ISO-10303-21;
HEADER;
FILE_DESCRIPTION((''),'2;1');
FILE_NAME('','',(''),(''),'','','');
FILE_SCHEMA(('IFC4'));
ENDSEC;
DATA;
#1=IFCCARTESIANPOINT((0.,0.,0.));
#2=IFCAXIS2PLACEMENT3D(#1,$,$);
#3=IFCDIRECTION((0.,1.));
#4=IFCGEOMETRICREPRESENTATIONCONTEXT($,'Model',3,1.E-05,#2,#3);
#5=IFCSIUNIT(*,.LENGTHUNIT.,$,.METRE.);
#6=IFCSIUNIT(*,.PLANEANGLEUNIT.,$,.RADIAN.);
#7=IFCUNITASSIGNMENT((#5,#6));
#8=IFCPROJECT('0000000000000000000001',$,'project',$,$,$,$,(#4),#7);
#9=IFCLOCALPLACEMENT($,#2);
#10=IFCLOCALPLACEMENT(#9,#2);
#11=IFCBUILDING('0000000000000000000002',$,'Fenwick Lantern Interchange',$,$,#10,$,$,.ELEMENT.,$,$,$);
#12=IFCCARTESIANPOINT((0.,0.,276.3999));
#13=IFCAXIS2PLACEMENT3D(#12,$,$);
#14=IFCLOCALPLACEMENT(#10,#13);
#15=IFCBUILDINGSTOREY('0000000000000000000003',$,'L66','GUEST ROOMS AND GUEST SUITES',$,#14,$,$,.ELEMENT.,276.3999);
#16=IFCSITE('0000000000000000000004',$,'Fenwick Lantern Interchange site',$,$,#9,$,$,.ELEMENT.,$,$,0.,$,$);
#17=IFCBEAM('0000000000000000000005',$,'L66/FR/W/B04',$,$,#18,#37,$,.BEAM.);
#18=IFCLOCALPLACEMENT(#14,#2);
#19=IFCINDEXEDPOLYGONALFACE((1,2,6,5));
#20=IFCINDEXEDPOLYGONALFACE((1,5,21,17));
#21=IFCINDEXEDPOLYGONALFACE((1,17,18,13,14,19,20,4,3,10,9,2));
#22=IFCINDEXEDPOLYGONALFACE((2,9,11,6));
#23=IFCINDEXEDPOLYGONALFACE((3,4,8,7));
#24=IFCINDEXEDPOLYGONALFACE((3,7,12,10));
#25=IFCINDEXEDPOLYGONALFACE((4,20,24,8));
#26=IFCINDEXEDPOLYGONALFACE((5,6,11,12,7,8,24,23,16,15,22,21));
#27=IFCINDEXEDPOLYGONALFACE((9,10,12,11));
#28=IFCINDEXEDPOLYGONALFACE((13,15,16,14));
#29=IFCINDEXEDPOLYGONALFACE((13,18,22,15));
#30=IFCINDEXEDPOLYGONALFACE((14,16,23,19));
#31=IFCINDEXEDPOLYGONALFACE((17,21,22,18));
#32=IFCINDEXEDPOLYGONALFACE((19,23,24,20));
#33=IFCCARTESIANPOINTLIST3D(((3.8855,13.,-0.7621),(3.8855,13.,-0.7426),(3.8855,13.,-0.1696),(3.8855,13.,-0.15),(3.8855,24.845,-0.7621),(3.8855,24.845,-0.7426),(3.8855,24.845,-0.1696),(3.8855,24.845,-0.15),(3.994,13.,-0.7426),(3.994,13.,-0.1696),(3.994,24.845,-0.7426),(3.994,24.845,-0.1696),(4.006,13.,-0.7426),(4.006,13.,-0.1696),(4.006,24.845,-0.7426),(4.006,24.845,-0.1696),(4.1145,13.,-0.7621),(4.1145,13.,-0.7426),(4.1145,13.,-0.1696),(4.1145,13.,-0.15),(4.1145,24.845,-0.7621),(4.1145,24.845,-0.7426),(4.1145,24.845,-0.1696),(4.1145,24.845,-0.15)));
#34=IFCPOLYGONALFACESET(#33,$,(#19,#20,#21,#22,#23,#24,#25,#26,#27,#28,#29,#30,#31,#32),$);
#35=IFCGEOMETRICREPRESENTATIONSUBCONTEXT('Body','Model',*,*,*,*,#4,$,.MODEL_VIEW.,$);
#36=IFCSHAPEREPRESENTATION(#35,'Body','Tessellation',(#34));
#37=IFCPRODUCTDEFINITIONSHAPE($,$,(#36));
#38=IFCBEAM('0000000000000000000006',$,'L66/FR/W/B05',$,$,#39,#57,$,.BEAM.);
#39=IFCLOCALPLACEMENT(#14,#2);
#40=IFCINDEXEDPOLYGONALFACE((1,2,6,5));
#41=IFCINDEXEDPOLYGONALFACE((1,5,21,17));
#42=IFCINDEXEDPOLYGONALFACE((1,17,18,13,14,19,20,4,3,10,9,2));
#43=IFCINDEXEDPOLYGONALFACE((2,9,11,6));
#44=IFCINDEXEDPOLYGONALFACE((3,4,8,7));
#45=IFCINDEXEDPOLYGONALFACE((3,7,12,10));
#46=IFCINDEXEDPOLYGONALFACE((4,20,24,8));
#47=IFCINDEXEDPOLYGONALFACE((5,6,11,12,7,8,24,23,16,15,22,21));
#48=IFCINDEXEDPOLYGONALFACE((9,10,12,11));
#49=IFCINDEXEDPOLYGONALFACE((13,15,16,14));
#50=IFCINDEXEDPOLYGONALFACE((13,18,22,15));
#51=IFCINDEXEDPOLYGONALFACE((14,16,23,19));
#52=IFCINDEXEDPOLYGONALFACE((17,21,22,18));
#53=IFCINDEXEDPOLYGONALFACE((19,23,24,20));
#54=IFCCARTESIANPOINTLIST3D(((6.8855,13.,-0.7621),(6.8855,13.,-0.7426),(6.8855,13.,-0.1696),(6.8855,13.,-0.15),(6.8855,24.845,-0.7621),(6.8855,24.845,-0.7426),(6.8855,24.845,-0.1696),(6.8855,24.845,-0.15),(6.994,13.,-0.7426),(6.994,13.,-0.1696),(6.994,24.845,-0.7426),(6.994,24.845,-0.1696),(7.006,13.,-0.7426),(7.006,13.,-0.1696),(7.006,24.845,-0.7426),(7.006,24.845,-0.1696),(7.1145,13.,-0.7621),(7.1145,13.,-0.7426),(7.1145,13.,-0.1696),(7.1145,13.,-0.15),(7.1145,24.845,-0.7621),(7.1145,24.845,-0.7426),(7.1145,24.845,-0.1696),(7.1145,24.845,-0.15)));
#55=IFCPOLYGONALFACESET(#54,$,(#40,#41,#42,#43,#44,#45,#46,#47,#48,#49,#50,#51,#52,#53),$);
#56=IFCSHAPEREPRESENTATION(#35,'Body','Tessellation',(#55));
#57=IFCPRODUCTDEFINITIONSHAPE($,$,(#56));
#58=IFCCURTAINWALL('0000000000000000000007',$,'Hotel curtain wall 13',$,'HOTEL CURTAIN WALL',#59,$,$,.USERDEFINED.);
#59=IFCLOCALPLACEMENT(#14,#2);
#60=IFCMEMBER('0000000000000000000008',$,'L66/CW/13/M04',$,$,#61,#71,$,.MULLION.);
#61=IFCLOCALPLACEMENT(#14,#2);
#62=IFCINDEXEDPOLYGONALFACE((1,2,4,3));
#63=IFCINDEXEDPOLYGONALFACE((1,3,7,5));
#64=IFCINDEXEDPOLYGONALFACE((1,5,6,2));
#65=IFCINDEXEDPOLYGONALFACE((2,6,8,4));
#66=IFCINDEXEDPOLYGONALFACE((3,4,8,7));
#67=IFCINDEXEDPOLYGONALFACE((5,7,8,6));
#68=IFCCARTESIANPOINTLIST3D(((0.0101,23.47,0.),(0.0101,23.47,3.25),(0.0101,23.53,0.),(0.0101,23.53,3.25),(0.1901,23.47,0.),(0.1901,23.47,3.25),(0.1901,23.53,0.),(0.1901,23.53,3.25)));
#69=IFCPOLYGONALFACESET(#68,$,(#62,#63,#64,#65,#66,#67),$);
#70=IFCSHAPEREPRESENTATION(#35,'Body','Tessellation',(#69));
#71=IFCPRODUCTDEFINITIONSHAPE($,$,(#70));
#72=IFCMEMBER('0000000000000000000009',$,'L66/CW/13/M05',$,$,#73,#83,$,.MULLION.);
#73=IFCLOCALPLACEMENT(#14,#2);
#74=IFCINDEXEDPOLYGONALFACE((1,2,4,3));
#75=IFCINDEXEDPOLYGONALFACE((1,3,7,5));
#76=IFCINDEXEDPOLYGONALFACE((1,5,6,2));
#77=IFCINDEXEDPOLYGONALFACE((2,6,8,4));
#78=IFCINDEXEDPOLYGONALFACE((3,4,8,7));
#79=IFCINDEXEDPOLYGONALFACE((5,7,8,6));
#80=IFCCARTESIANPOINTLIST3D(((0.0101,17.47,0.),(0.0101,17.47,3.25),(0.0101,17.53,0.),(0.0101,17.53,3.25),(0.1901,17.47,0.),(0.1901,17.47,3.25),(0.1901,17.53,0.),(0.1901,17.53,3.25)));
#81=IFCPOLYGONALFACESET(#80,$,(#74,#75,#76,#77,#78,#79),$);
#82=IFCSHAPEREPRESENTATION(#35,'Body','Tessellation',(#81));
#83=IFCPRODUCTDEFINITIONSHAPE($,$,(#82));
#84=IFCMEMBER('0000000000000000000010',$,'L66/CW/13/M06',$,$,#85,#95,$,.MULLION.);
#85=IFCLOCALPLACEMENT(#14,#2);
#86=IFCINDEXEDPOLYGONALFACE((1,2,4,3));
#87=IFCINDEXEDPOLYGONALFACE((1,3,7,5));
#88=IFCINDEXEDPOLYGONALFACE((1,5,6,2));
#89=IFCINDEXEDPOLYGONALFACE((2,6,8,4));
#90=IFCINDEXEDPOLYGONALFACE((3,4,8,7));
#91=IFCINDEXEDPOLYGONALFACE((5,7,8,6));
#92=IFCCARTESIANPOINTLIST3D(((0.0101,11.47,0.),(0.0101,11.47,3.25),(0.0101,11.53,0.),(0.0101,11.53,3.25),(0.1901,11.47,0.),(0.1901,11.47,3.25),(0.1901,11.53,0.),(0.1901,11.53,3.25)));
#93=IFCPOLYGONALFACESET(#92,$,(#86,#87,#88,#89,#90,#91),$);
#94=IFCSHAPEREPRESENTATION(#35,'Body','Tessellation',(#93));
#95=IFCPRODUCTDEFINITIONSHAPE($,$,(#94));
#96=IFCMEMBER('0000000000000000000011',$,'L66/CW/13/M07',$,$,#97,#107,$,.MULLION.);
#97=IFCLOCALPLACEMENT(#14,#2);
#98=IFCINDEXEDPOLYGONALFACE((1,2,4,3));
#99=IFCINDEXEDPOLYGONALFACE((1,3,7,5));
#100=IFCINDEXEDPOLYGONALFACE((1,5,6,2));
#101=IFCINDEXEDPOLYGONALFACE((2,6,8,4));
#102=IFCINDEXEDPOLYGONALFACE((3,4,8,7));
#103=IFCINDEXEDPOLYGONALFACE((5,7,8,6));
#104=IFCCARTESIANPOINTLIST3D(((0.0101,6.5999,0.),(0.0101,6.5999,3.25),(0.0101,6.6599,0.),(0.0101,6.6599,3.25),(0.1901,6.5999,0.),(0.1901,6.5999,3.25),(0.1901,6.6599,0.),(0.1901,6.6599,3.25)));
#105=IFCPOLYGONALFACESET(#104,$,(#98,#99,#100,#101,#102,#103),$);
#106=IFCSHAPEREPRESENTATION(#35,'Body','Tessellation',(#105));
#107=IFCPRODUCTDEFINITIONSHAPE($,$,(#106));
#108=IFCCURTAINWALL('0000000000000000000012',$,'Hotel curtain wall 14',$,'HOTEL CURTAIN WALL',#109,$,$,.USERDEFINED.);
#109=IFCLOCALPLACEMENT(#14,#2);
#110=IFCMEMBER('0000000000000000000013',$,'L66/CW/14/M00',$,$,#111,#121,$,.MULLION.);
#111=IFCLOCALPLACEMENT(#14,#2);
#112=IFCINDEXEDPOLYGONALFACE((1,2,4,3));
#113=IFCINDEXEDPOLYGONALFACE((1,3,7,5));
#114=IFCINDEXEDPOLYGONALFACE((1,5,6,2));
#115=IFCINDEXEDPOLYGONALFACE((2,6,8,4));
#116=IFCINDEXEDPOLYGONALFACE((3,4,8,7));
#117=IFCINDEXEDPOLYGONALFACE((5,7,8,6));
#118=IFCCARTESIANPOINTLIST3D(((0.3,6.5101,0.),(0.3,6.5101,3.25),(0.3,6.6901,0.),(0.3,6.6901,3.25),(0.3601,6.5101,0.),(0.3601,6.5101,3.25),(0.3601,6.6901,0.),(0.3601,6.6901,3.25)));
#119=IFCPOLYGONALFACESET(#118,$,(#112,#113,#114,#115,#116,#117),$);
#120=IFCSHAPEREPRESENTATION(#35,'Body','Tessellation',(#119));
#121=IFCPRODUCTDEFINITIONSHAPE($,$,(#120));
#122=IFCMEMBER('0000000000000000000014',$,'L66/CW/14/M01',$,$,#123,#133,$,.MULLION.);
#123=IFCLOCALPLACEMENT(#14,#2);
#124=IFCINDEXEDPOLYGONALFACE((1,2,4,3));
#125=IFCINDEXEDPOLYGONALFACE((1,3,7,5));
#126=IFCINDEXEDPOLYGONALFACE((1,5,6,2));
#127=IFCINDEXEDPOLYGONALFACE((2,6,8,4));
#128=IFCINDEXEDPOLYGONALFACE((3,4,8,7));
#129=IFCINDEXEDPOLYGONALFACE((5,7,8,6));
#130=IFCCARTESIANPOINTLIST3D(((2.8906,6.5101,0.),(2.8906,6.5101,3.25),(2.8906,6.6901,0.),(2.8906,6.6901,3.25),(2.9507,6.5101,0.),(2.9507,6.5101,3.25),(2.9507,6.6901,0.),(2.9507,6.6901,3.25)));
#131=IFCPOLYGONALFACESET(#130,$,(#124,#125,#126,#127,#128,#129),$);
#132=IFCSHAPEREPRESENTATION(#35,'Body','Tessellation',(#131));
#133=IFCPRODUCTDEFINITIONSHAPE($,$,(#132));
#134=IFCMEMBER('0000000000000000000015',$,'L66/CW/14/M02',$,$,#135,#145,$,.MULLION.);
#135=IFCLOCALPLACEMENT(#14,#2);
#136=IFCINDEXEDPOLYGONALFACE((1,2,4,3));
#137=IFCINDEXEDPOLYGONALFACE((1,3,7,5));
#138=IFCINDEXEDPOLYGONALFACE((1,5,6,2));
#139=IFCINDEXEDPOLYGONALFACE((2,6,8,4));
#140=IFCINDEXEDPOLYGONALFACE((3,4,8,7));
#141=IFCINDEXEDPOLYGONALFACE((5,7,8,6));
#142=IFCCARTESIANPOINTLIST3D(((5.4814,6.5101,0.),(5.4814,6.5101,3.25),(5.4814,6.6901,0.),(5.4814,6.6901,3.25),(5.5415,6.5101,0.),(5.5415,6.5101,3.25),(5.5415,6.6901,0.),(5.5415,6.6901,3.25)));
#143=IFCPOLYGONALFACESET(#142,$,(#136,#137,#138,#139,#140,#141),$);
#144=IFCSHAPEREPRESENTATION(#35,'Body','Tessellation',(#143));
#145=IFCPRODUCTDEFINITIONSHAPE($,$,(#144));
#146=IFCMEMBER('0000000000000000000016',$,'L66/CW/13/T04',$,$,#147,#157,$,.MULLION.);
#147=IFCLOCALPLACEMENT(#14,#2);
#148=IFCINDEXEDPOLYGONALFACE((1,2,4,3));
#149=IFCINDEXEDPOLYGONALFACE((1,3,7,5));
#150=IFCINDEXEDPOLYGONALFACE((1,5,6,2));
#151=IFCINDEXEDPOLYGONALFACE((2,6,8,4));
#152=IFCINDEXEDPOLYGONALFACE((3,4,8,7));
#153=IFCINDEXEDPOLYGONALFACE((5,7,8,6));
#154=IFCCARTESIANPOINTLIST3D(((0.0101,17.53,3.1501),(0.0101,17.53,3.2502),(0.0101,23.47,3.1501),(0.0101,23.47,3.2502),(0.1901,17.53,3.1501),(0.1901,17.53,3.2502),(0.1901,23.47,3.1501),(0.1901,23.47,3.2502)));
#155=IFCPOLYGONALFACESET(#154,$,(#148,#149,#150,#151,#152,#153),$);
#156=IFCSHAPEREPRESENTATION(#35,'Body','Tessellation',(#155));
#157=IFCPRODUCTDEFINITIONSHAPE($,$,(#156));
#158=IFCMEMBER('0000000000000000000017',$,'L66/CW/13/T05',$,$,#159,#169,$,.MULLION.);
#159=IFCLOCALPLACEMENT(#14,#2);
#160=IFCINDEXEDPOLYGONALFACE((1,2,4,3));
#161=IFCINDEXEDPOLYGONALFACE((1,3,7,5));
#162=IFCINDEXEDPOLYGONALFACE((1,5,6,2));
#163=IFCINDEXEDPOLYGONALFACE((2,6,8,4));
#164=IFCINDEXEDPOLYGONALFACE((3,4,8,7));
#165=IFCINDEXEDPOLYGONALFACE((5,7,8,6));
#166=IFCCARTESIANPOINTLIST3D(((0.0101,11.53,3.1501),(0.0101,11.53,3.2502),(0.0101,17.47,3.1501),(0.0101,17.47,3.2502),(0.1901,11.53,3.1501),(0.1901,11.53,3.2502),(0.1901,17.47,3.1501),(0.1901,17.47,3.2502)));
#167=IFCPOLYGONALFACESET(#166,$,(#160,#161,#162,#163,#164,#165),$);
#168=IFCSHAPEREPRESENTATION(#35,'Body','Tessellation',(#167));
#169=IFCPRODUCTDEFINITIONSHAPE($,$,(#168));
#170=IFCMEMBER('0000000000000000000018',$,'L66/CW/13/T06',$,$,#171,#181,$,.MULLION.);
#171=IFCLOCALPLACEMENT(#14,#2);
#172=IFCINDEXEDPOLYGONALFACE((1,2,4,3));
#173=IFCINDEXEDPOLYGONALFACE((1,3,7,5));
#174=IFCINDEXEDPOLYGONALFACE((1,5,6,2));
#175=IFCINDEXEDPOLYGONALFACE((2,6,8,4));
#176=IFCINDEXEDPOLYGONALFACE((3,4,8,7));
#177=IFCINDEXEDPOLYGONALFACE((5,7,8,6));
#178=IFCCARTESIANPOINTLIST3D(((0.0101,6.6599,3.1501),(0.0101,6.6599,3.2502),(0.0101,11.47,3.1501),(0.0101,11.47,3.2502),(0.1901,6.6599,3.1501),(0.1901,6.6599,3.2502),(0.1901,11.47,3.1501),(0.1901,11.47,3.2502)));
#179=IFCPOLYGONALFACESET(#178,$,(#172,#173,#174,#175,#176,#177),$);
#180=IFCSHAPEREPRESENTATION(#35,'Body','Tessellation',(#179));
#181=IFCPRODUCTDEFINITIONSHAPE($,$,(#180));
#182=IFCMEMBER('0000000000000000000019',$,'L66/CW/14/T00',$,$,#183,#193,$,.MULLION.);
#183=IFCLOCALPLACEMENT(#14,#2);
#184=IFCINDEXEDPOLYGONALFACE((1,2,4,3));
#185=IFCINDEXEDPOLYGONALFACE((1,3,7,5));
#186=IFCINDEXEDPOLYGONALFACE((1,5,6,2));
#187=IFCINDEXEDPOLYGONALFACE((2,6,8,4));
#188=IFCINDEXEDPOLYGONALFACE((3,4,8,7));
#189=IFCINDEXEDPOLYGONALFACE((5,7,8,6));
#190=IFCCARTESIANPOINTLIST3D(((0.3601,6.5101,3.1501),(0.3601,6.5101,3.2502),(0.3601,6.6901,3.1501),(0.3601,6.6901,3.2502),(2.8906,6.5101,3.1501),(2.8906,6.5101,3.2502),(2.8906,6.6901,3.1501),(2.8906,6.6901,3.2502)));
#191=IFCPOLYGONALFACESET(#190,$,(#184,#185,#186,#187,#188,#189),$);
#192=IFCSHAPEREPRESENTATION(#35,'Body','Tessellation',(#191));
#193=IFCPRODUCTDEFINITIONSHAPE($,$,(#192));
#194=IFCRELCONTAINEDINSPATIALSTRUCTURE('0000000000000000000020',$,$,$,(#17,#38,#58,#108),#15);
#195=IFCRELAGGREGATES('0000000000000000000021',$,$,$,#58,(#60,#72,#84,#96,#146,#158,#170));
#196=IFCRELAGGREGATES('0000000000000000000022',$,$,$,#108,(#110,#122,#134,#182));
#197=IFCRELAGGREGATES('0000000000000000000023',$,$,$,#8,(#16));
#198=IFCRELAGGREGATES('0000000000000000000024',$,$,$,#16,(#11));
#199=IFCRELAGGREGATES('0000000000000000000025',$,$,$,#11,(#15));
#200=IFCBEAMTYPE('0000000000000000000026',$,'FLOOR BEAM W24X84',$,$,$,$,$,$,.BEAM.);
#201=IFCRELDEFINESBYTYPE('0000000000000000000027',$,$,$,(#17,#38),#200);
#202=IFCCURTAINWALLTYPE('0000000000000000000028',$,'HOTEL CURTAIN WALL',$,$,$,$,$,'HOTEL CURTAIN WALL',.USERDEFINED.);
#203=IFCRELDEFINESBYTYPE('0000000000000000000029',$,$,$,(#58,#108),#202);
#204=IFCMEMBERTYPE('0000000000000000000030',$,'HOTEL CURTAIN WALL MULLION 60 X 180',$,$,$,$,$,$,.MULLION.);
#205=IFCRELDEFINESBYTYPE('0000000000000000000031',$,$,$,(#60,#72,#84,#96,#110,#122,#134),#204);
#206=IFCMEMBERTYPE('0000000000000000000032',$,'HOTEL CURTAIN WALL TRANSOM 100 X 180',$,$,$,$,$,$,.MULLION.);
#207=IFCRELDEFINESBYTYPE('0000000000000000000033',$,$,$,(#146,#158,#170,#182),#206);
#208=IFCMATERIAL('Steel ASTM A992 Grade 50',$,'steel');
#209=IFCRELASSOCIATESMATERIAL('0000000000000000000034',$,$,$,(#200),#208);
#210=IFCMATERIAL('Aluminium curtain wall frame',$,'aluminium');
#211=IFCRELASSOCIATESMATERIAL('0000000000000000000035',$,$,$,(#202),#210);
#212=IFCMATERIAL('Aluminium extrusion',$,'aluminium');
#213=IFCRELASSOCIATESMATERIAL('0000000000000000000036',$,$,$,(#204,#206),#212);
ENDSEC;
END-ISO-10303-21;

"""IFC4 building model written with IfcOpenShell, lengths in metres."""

from ifc_helpers import new_model, si_unit, direction, frame, origin, origin_2d, place, context, subcontext, project, spatial, rectangle, i_section, extrude, material, material_profile, profile_set, type_object, element, aggregate, save


model = new_model("IFC4")

# Units and contexts
model_context = context("Model", 3, precision=1e-05, world=origin(), true_north=direction((0.0, 1.0)))
body_context = subcontext(model_context, "Body", "Model", "MODEL_VIEW")
ifc_project = project(units=[si_unit("LENGTHUNIT", "METRE"), si_unit("PLANEANGLEUNIT", "RADIAN")], contexts=[model_context])

# Site, building, storey
site_placement = place(None, origin())
site = spatial("IfcSite", under=ifc_project, at=site_placement, Name="Fenwick Lantern Interchange site", CompositionType="ELEMENT", RefElevation=0.0)
building_placement = place(site_placement, origin())
building = spatial("IfcBuilding", under=site, at=building_placement, Name="Fenwick Lantern Interchange", CompositionType="ELEMENT")
storey_placement = place(building_placement, frame((0.0, 0.0, 276.3999)))
storey = spatial("IfcBuildingStorey", under=building, at=storey_placement, Name="L66", Description="GUEST ROOMS AND GUEST SUITES", CompositionType="ELEMENT", Elevation=276.3999)

# Shared definitions
ifc_material_1 = material(Name="Steel ASTM A992 Grade 50", Category="steel")

# Beams
ifc_material_profile_1 = material_profile(ifc_material_1, i_section(OverallWidth=0.229, OverallDepth=0.6121, WebThickness=0.012, FlangeThickness=0.0195, at=origin_2d()), Name="W24X84")
ifc_profile_set_1 = profile_set([ifc_material_profile_1], Name="Steel ASTM A992 Grade 50")
beam_type_1 = type_object("IfcBeamType", Name="FLOOR BEAM W24X84", PredefinedType="BEAM", material=ifc_profile_set_1)
for number, where, z_axis, x_axis, name in (
    (1, (4.0, 24.845, -0.4561), (0.0, -1.0, 0.0), (1.0, 0.0, 0.0), "L66/FR/W/B04"),
    (2, (7.0, 24.845, -0.4561), (0.0, -1.0, 0.0), (1.0, 0.0, 0.0), "L66/FR/W/B05"),
):
    element("IfcBeam", number, at=place(storey_placement, frame(where, z_axis=z_axis, x_axis=x_axis)), inside=storey, type_object=beam_type_1, Name=name, PredefinedType="BEAM", context=body_context, shape_type="SweptSolid", body=[
        extrude(i_section(OverallWidth=0.229, OverallDepth=0.6121, WebThickness=0.012, FlangeThickness=0.0195, at=origin_2d()), origin(), (0.0, 0.0, 1.0), 11.845),
    ])

# Curtain walls, members
ifc_material_2 = material(Name="Aluminium curtain wall frame", Category="aluminium")
curtain_wall_type = type_object("IfcCurtainWallType", Name="HOTEL CURTAIN WALL", ElementType="HOTEL CURTAIN WALL", PredefinedType="USERDEFINED", material=ifc_material_2)
curtain_wall_1_placement = place(storey_placement, origin())
curtain_wall_1 = element("IfcCurtainWall", 3, at=curtain_wall_1_placement, inside=storey, type_object=curtain_wall_type, Name="Hotel curtain wall 13", ObjectType="HOTEL CURTAIN WALL", PredefinedType="USERDEFINED")
ifc_material_3 = material(Name="Aluminium extrusion", Category="aluminium")
ifc_material_profile_2 = material_profile(ifc_material_3, rectangle(XDim=0.1799, YDim=0.0601, at=origin_2d()), Name="HOTEL CURTAIN WALL MULLION 60 X 180")
ifc_profile_set_2 = profile_set([ifc_material_profile_2], Name="Aluminium extrusion")
member_type_1 = type_object("IfcMemberType", Name="HOTEL CURTAIN WALL MULLION 60 X 180", PredefinedType="MULLION", material=ifc_profile_set_2)
member_1_placement = place(storey_placement, frame((0.1001, 23.5, 0.0), z_axis=(0.0, 0.0, 1.0), x_axis=(1.0, 0.0, 0.0)))
member_1 = element("IfcMember", 4, at=member_1_placement, type_object=member_type_1, Name="L66/CW/13/M04", PredefinedType="MULLION", context=body_context, shape_type="SweptSolid", body=[
    extrude(rectangle(XDim=0.1799, YDim=0.0601, at=origin_2d()), origin(), (0.0, 0.0, 1.0), 3.25),
])
member_2_placement = place(storey_placement, frame((0.1001, 17.5, 0.0), z_axis=(0.0, 0.0, 1.0), x_axis=(1.0, 0.0, 0.0)))
member_2 = element("IfcMember", 5, at=member_2_placement, type_object=member_type_1, Name="L66/CW/13/M05", PredefinedType="MULLION", context=body_context, shape_type="SweptSolid", body=[
    extrude(rectangle(XDim=0.1799, YDim=0.0601, at=origin_2d()), origin(), (0.0, 0.0, 1.0), 3.25),
])
member_3_placement = place(storey_placement, frame((0.1001, 11.5, 0.0), z_axis=(0.0, 0.0, 1.0), x_axis=(1.0, 0.0, 0.0)))
member_3 = element("IfcMember", 6, at=member_3_placement, type_object=member_type_1, Name="L66/CW/13/M06", PredefinedType="MULLION", context=body_context, shape_type="SweptSolid", body=[
    extrude(rectangle(XDim=0.1799, YDim=0.0601, at=origin_2d()), origin(), (0.0, 0.0, 1.0), 3.25),
])
member_4_placement = place(storey_placement, frame((0.1001, 6.6299, 0.0), z_axis=(0.0, 0.0, 1.0), x_axis=(1.0, 0.0, 0.0)))
member_4 = element("IfcMember", 7, at=member_4_placement, type_object=member_type_1, Name="L66/CW/13/M07", PredefinedType="MULLION", context=body_context, shape_type="SweptSolid", body=[
    extrude(rectangle(XDim=0.1799, YDim=0.0601, at=origin_2d()), origin(), (0.0, 0.0, 1.0), 3.25),
])
curtain_wall_2_placement = place(storey_placement, origin())
curtain_wall_2 = element("IfcCurtainWall", 8, at=curtain_wall_2_placement, inside=storey, type_object=curtain_wall_type, Name="Hotel curtain wall 14", ObjectType="HOTEL CURTAIN WALL", PredefinedType="USERDEFINED")
member_5_placement = place(storey_placement, frame((0.3301, 6.6001, 0.0), z_axis=(0.0, 0.0, 1.0), x_axis=(0.0, 1.0, 0.0)))
member_5 = element("IfcMember", 9, at=member_5_placement, type_object=member_type_1, Name="L66/CW/14/M00", PredefinedType="MULLION", context=body_context, shape_type="SweptSolid", body=[
    extrude(rectangle(XDim=0.1799, YDim=0.0601, at=origin_2d()), origin(), (0.0, 0.0, 1.0), 3.25),
])
member_6_placement = place(storey_placement, frame((2.9207, 6.6001, 0.0), z_axis=(0.0, 0.0, 1.0), x_axis=(0.0, 1.0, 0.0)))
member_6 = element("IfcMember", 10, at=member_6_placement, type_object=member_type_1, Name="L66/CW/14/M01", PredefinedType="MULLION", context=body_context, shape_type="SweptSolid", body=[
    extrude(rectangle(XDim=0.1799, YDim=0.0601, at=origin_2d()), origin(), (0.0, 0.0, 1.0), 3.25),
])
member_7_placement = place(storey_placement, frame((5.5115, 6.6001, 0.0), z_axis=(0.0, 0.0, 1.0), x_axis=(0.0, 1.0, 0.0)))
member_7 = element("IfcMember", 11, at=member_7_placement, type_object=member_type_1, Name="L66/CW/14/M02", PredefinedType="MULLION", context=body_context, shape_type="SweptSolid", body=[
    extrude(rectangle(XDim=0.1799, YDim=0.0601, at=origin_2d()), origin(), (0.0, 0.0, 1.0), 3.25),
])

# Members
ifc_material_profile_3 = material_profile(ifc_material_3, rectangle(XDim=0.1799, YDim=0.1001, at=origin_2d()), Name="HOTEL CURTAIN WALL TRANSOM 100 X 180")
ifc_profile_set_3 = profile_set([ifc_material_profile_3], Name="Aluminium extrusion")
member_type_2 = type_object("IfcMemberType", Name="HOTEL CURTAIN WALL TRANSOM 100 X 180", PredefinedType="MULLION", material=ifc_profile_set_3)
member_8_placement = place(storey_placement, frame((0.1001, 23.47, 3.2002), z_axis=(0.0, -1.0, 0.0), x_axis=(1.0, 0.0, 0.0)))
member_8 = element("IfcMember", 12, at=member_8_placement, type_object=member_type_2, Name="L66/CW/13/T04", PredefinedType="MULLION", context=body_context, shape_type="SweptSolid", body=[
    extrude(rectangle(XDim=0.1799, YDim=0.1001, at=origin_2d()), origin(), (0.0, 0.0, 1.0), 5.9399),
])
member_9_placement = place(storey_placement, frame((0.1001, 17.47, 3.2002), z_axis=(0.0, -1.0, 0.0), x_axis=(1.0, 0.0, 0.0)))
member_9 = element("IfcMember", 13, at=member_9_placement, type_object=member_type_2, Name="L66/CW/13/T05", PredefinedType="MULLION", context=body_context, shape_type="SweptSolid", body=[
    extrude(rectangle(XDim=0.1799, YDim=0.1001, at=origin_2d()), origin(), (0.0, 0.0, 1.0), 5.9399),
])
member_10_placement = place(storey_placement, frame((0.1001, 11.47, 3.2002), z_axis=(0.0, -1.0, 0.0), x_axis=(1.0, 0.0, 0.0)))
member_10 = element("IfcMember", 14, at=member_10_placement, type_object=member_type_2, Name="L66/CW/13/T06", PredefinedType="MULLION", context=body_context, shape_type="SweptSolid", body=[
    extrude(rectangle(XDim=0.1799, YDim=0.1001, at=origin_2d()), origin(), (0.0, 0.0, 1.0), 4.8101),
])
aggregate(curtain_wall_1, [member_1, member_2, member_3, member_4, member_8, member_9, member_10])
member_11_placement = place(storey_placement, frame((0.3601, 6.6001, 3.2002), z_axis=(1.0, 0.0, 0.0), x_axis=(0.0, 1.0, 0.0)))
member_11 = element("IfcMember", 15, at=member_11_placement, type_object=member_type_2, Name="L66/CW/14/T00", PredefinedType="MULLION", context=body_context, shape_type="SweptSolid", body=[
    extrude(rectangle(XDim=0.1799, YDim=0.1001, at=origin_2d()), origin(), (0.0, 0.0, 1.0), 2.5305),
])

aggregate(curtain_wall_2, [member_5, member_6, member_7, member_11])

save(model, "model.ifc")
